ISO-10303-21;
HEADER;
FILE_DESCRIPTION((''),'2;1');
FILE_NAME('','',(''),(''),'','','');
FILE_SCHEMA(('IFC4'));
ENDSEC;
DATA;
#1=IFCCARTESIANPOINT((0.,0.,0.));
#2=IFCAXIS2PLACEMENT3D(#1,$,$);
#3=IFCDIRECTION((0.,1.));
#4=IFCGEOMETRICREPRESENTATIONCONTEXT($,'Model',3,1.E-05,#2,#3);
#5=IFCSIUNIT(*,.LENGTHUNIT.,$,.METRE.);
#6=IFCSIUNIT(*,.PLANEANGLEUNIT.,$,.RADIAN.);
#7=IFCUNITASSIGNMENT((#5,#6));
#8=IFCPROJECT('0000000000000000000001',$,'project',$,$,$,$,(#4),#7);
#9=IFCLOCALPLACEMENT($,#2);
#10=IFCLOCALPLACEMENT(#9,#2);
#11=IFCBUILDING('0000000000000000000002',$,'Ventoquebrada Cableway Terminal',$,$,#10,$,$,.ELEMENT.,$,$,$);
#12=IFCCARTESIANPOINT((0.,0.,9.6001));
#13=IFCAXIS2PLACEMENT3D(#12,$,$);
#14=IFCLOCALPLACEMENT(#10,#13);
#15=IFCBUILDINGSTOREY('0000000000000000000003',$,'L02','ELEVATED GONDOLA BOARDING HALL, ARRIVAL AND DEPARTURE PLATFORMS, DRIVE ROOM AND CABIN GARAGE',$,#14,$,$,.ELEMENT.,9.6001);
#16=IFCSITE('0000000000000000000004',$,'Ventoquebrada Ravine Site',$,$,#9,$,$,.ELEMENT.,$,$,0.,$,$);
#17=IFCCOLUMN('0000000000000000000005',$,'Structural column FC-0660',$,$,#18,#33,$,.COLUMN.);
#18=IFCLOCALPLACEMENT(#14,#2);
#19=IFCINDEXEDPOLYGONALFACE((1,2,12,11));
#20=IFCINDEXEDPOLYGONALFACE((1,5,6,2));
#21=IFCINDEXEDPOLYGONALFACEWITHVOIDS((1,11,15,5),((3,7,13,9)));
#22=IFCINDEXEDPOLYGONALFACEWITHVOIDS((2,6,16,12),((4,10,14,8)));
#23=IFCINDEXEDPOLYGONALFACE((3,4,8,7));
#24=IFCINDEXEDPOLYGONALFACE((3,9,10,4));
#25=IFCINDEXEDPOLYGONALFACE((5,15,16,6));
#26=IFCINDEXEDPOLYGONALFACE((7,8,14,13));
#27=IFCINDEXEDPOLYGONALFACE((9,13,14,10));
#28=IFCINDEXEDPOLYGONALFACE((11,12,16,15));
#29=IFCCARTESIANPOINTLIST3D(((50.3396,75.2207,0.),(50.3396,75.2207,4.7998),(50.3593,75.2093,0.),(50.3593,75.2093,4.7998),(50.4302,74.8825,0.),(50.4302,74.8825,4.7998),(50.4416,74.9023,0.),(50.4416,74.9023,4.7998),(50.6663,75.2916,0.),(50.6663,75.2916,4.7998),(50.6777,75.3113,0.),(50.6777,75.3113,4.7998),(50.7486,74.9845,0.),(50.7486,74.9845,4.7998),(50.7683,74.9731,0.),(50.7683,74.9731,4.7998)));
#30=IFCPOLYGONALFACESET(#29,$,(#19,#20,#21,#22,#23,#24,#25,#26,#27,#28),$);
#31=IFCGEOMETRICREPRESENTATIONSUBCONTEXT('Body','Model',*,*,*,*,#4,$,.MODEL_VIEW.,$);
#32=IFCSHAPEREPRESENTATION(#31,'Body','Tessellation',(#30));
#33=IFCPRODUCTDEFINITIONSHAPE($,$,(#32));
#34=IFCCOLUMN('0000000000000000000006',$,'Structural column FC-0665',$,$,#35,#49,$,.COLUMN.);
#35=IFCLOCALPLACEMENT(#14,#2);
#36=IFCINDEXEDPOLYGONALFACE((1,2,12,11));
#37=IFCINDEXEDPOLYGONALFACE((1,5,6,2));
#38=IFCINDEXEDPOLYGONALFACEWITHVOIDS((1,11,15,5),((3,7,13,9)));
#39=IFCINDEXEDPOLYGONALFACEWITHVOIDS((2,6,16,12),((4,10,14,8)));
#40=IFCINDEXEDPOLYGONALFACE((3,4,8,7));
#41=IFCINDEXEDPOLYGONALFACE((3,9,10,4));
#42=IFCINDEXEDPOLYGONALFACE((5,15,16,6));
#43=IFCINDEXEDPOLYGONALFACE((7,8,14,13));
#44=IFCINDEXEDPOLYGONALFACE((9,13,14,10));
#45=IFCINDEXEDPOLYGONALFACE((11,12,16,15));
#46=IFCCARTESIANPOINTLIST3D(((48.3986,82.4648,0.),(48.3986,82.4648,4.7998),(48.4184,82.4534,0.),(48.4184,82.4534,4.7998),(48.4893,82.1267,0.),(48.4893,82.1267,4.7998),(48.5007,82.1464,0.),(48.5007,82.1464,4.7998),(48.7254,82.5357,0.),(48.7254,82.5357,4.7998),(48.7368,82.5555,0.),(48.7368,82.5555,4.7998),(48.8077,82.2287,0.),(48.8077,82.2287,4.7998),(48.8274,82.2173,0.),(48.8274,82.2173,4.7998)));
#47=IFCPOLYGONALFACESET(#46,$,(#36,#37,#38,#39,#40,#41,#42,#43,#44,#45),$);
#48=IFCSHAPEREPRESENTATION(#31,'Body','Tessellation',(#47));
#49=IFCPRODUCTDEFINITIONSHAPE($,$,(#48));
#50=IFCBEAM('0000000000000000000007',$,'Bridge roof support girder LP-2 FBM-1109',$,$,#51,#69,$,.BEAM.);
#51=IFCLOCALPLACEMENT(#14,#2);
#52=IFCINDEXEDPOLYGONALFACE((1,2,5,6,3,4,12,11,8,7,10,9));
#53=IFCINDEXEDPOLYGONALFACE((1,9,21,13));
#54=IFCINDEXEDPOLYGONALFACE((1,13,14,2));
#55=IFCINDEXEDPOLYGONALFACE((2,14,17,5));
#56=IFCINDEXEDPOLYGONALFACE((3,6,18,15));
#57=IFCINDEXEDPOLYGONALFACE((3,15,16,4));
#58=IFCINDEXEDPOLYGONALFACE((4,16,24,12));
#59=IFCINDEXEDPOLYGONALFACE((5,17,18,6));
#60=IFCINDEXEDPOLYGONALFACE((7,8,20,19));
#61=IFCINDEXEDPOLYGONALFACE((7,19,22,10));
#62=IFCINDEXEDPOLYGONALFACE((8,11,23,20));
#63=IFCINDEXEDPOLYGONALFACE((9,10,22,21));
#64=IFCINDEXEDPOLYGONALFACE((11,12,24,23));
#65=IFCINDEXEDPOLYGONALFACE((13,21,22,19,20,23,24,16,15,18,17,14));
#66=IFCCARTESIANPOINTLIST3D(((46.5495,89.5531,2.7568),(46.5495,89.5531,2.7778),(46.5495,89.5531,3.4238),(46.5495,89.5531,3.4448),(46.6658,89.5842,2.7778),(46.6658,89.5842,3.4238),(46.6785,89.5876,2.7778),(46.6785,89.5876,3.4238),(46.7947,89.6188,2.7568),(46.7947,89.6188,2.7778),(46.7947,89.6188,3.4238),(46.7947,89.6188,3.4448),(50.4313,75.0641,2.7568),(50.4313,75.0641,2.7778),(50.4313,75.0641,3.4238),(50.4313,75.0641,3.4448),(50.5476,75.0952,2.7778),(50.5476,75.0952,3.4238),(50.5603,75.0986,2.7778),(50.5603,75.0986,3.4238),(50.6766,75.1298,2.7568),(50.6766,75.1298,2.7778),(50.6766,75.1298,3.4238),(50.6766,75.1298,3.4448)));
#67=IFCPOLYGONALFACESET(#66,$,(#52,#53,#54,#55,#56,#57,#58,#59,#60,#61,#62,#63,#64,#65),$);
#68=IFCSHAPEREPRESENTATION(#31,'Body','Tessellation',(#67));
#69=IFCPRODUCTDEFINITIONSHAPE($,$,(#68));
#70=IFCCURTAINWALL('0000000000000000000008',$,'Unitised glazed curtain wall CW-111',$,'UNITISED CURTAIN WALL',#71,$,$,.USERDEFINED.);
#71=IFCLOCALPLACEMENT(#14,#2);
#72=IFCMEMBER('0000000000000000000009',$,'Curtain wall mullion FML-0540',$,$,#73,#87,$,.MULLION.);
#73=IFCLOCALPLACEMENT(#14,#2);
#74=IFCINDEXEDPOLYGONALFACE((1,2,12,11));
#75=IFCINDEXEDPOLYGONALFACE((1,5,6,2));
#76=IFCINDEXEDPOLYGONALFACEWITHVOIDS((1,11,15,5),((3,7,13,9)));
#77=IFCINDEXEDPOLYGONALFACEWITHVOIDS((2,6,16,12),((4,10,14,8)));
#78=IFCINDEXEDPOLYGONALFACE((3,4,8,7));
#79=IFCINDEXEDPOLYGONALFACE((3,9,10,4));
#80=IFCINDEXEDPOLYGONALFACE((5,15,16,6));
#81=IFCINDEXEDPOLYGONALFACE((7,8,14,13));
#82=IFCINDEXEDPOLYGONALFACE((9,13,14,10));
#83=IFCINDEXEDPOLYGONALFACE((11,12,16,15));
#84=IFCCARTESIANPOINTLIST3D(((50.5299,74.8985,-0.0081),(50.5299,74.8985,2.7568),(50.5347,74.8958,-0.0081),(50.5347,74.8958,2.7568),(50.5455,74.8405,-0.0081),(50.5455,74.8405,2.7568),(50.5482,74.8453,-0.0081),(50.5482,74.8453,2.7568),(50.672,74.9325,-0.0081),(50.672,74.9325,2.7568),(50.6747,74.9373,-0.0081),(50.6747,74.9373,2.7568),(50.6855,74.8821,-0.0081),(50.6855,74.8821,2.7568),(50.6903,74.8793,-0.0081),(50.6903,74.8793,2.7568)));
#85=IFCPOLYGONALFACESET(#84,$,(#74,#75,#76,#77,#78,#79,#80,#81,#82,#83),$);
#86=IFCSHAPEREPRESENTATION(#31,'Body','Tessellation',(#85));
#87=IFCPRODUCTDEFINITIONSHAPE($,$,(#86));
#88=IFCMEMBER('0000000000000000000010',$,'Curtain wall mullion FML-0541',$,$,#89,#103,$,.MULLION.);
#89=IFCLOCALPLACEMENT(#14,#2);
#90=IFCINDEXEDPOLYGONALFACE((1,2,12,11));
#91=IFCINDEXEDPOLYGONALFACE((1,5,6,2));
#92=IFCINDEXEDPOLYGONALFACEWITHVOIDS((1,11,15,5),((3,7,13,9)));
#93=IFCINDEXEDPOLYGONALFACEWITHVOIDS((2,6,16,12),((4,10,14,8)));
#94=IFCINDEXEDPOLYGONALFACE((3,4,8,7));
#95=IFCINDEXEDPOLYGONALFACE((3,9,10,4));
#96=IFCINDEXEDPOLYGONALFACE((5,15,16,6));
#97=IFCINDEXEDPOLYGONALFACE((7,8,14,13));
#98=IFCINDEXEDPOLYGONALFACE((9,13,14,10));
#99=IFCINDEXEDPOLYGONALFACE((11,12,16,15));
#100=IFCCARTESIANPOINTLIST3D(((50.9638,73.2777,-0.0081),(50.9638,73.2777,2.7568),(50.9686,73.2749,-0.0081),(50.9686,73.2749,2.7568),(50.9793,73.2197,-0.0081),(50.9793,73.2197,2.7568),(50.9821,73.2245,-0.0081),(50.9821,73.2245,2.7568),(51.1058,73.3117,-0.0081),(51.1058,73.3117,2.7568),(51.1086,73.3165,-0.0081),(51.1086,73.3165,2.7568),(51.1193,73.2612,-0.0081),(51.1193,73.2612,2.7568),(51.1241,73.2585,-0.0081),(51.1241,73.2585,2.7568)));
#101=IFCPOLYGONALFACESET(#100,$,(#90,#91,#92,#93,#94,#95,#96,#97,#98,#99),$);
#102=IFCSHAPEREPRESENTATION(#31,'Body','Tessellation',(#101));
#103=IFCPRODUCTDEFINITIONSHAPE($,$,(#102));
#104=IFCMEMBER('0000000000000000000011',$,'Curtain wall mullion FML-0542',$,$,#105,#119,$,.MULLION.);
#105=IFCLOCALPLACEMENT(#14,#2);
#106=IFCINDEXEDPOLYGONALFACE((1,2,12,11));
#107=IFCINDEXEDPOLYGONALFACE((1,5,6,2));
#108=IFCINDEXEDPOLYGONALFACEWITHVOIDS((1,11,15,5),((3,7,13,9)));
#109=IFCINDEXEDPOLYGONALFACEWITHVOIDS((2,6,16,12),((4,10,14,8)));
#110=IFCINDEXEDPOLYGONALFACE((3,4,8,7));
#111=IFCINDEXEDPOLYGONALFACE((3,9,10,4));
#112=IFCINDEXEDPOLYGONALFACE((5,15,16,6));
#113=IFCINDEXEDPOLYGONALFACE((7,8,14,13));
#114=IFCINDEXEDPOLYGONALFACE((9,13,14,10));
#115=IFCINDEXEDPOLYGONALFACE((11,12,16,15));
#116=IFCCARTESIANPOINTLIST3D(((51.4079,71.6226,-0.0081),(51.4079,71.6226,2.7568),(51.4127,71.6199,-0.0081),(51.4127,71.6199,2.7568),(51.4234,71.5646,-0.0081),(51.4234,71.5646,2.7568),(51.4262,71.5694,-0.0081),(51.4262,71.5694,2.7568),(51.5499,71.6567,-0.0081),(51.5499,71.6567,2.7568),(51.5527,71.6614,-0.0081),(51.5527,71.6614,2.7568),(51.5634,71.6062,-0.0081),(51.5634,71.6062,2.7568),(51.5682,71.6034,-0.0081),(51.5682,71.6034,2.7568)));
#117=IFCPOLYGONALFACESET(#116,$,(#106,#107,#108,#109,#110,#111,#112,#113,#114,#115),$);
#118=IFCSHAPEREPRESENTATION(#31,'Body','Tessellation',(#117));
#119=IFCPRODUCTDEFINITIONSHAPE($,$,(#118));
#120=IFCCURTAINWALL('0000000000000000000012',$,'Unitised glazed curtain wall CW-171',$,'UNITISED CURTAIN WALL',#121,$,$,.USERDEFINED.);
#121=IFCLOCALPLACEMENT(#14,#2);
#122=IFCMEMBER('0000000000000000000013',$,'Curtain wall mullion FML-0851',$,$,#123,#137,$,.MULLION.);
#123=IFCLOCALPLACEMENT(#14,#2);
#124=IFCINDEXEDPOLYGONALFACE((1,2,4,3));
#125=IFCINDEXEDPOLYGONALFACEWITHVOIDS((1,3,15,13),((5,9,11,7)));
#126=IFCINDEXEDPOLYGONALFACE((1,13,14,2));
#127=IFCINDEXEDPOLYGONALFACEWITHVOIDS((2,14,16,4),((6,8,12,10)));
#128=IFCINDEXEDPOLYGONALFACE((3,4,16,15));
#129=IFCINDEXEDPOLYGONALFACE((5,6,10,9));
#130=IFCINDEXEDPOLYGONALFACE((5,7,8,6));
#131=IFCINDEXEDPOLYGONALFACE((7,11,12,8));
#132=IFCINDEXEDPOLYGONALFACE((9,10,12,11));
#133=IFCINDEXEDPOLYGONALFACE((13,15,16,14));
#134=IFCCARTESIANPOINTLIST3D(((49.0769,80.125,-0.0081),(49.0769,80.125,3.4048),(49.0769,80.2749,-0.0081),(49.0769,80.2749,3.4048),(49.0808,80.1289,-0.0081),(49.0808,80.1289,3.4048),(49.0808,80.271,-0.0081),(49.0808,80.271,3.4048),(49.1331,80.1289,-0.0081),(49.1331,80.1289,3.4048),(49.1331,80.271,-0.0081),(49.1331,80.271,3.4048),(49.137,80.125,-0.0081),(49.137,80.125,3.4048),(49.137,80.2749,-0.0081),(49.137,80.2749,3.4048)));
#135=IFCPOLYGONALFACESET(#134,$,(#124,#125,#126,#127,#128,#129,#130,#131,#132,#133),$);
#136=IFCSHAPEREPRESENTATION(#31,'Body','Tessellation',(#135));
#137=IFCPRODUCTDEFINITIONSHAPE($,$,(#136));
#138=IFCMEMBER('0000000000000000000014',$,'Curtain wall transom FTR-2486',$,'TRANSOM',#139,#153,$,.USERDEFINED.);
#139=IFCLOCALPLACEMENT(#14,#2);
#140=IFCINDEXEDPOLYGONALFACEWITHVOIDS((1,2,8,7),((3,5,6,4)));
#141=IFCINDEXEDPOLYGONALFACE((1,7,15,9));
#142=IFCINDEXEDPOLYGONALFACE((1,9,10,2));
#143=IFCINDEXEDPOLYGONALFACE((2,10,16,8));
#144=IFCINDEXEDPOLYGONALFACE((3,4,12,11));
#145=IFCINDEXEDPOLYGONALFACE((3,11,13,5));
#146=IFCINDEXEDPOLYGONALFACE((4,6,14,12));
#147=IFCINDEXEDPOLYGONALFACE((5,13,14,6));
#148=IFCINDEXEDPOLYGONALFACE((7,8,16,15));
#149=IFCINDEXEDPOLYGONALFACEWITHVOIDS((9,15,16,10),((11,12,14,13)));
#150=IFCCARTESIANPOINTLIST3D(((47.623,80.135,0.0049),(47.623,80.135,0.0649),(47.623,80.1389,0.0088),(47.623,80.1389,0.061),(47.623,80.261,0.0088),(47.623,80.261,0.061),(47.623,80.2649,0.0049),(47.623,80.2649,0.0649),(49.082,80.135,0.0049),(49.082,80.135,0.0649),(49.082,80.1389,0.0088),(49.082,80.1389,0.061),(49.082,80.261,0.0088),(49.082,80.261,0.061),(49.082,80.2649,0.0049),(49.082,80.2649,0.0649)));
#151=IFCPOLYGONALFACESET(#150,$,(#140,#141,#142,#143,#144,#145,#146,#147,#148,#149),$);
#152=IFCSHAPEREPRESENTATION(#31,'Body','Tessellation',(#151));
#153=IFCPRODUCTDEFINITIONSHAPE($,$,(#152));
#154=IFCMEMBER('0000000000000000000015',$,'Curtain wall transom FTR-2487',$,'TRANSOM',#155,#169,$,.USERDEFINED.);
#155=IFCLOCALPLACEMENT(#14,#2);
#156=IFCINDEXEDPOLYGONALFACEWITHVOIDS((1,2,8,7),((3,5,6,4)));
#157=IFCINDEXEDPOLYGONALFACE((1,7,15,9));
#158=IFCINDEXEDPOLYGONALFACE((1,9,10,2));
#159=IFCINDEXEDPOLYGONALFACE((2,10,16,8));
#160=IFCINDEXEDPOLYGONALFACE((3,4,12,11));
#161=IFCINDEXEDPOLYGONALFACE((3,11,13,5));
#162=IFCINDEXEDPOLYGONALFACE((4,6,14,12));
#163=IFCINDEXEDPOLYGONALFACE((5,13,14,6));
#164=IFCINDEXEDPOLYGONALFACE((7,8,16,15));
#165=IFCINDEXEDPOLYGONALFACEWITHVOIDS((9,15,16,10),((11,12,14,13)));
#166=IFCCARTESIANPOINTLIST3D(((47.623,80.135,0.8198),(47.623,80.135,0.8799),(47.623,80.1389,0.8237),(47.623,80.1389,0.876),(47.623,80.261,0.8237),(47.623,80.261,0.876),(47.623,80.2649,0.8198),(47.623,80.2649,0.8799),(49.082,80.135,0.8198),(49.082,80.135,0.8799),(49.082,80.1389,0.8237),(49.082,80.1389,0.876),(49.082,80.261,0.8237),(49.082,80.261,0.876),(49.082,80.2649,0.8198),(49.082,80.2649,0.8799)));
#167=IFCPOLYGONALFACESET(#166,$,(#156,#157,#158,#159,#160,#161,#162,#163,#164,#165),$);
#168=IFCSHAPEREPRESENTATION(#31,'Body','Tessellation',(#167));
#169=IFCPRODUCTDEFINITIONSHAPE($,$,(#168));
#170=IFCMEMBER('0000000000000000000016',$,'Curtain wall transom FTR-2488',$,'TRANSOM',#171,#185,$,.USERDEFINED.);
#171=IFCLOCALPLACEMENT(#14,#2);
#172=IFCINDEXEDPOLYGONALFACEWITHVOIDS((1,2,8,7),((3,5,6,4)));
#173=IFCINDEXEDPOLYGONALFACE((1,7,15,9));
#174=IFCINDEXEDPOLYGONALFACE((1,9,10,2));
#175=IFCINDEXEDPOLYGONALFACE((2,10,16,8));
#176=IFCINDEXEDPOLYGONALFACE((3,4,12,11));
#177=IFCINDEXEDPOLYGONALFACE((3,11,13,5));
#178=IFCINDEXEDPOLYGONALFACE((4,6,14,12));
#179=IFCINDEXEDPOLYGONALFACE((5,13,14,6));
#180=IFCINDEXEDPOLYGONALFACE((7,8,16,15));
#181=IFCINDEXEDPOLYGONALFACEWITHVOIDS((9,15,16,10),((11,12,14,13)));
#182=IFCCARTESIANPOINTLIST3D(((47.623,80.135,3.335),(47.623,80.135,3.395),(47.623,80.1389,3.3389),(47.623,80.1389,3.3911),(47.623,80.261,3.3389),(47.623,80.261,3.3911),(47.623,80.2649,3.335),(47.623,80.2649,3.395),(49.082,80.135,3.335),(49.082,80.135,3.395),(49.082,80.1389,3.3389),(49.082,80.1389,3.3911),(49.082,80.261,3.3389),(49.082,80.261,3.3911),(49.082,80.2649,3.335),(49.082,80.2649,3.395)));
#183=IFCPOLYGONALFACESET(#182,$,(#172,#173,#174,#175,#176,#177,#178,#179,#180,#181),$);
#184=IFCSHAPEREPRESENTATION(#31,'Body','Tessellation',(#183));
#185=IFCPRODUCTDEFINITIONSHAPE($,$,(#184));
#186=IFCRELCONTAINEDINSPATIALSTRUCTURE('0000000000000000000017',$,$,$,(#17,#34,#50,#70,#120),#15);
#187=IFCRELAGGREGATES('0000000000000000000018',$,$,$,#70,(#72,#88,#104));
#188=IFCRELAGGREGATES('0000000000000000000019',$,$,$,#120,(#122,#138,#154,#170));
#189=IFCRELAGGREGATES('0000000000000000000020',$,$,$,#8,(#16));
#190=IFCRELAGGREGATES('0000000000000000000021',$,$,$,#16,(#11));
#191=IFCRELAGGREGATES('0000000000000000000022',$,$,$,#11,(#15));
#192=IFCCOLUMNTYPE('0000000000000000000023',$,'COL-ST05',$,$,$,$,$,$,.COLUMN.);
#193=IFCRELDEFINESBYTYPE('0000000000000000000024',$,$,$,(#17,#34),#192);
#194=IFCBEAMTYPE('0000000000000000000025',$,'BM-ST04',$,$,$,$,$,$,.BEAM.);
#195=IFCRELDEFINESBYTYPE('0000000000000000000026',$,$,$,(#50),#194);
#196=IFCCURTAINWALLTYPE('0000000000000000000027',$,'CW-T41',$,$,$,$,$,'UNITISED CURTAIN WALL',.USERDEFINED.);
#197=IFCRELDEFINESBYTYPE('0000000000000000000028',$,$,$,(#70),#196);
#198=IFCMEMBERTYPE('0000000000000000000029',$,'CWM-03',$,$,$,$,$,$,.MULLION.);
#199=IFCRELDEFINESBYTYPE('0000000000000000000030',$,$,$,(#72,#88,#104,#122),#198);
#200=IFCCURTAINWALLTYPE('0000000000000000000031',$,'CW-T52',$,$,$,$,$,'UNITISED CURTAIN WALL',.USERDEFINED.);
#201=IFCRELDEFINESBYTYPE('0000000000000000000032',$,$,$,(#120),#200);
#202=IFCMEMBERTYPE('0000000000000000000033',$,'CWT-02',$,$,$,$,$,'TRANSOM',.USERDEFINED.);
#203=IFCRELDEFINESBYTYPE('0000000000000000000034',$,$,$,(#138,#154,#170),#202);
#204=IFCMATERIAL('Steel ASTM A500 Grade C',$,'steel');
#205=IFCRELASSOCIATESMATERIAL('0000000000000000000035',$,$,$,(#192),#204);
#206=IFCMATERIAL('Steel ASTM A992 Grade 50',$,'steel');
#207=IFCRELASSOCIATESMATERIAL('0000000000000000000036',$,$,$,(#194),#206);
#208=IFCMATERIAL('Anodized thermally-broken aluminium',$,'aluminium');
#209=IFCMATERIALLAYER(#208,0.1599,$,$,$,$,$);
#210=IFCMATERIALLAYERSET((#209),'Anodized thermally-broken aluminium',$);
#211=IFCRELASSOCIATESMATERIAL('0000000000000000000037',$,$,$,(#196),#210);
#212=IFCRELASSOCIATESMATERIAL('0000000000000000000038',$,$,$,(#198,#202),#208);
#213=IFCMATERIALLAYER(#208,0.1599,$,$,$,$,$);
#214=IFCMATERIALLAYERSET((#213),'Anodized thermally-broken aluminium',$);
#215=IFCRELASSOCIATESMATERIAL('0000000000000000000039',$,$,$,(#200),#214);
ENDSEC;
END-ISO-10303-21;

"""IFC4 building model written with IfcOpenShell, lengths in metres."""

from ifc_helpers import new_model, si_unit, direction, frame, origin, origin_2d, place, context, subcontext, project, spatial, hollow_rectangle, i_section, extrude, material, layer, layer_set, material_profile, profile_set, type_object, element, aggregate, save


model = new_model("IFC4")

# Units and contexts
model_context = context("Model", 3, precision=1e-05, world=origin(), true_north=direction((0.0, 1.0)))
body_context = subcontext(model_context, "Body", "Model", "MODEL_VIEW")
ifc_project = project(units=[si_unit("LENGTHUNIT", "METRE"), si_unit("PLANEANGLEUNIT", "RADIAN")], contexts=[model_context])

# Site, building, storey
site_placement = place(None, origin())
site = spatial("IfcSite", under=ifc_project, at=site_placement, Name="Ventoquebrada Ravine Site", CompositionType="ELEMENT", RefElevation=0.0)
building_placement = place(site_placement, origin())
building = spatial("IfcBuilding", under=site, at=building_placement, Name="Ventoquebrada Cableway Terminal", CompositionType="ELEMENT")
storey_placement = place(building_placement, frame((0.0, 0.0, 9.6001)))
storey = spatial("IfcBuildingStorey", under=building, at=storey_placement, Name="L02", Description="ELEVATED GONDOLA BOARDING HALL, ARRIVAL AND DEPARTURE PLATFORMS, DRIVE ROOM AND CABIN GARAGE", CompositionType="ELEMENT", Elevation=9.6001)

# Columns
ifc_material_1 = material(Name="Steel ASTM A500 Grade C", Category="steel")
ifc_material_profile_1 = material_profile(ifc_material_1, hollow_rectangle(XDim=0.3501, YDim=0.3501, WallThickness=0.0161, at=origin_2d()), Name="HSS350X350X16")
ifc_profile_set_1 = profile_set([ifc_material_profile_1], Name="Steel ASTM A500 Grade C")
column_type = type_object("IfcColumnType", Name="COL-ST05", PredefinedType="COLUMN", material=ifc_profile_set_1)
for number, where, z_axis, x_axis, name in (
    (1, (50.554, 75.0969, 0.0), (0.0, 0.0, 1.0), (0.965926, 0.258819, 0.0), "Structural column FC-0660"),
    (2, (48.613, 82.3411, 0.0), (0.0, 0.0, 1.0), (0.965926, 0.258819, 0.0), "Structural column FC-0665"),
):
    element("IfcColumn", number, at=place(storey_placement, frame(where, z_axis=z_axis, x_axis=x_axis)), inside=storey, type_object=column_type, Name=name, PredefinedType="COLUMN", context=body_context, shape_type="SweptSolid", body=[
        extrude(hollow_rectangle(XDim=0.3501, YDim=0.3501, WallThickness=0.0161, at=origin_2d()), origin(), (0.0, 0.0, 1.0), 4.7998),
    ])

# Beam
ifc_material_2 = material(Name="Steel ASTM A992 Grade 50", Category="steel")
ifc_material_profile_2 = material_profile(ifc_material_2, i_section(OverallWidth=0.2539, OverallDepth=0.688, WebThickness=0.0132, FlangeThickness=0.021, at=origin_2d()), Name="W27X102")
ifc_profile_set_2 = profile_set([ifc_material_profile_2], Name="Steel ASTM A992 Grade 50")
beam_type_1 = type_object("IfcBeamType", Name="BM-ST04", PredefinedType="BEAM", material=ifc_profile_set_2)
beam_1_placement = place(storey_placement, frame((50.554, 75.0969, 3.1008), z_axis=(-0.258789, 0.965934, 0.0), x_axis=(-0.965934, -0.258789, 0.0)))
element("IfcBeam", 3, at=beam_1_placement, inside=storey, type_object=beam_type_1, Name="Bridge roof support girder LP-2 FBM-1109", PredefinedType="BEAM", context=body_context, shape_type="SweptSolid", body=[
    extrude(i_section(OverallWidth=0.2539, OverallDepth=0.688, WebThickness=0.0132, FlangeThickness=0.021, at=origin_2d()), origin(), (0.0, 0.0, 1.0), 15.0),
])

# Curtain walls, members
ifc_material_3 = material(Name="Anodized thermally-broken aluminium", Category="aluminium")
ifc_layer_1 = layer(ifc_material_3, 0.1599)
ifc_layer_set_1 = layer_set([ifc_layer_1], Name="Anodized thermally-broken aluminium")
curtain_wall_type_1 = type_object("IfcCurtainWallType", Name="CW-T41", ElementType="UNITISED CURTAIN WALL", PredefinedType="USERDEFINED", material=ifc_layer_set_1)
curtain_wall_1_placement = place(storey_placement, origin())
curtain_wall_1 = element("IfcCurtainWall", 4, at=curtain_wall_1_placement, inside=storey, type_object=curtain_wall_type_1, Name="Unitised glazed curtain wall CW-111", ObjectType="UNITISED CURTAIN WALL", PredefinedType="USERDEFINED")
ifc_material_profile_3 = material_profile(ifc_material_3, hollow_rectangle(XDim=0.0601, YDim=0.1499, WallThickness=0.0039, at=origin_2d()), Name="CW-MUL-60X150")
ifc_profile_set_3 = profile_set([ifc_material_profile_3], Name="Anodized thermally-broken aluminium")
member_type_1 = type_object("IfcMemberType", Name="CWM-03", PredefinedType="MULLION", material=ifc_profile_set_3)
member_1_placement = place(storey_placement, frame((50.6101, 74.8889, -0.0081), z_axis=(0.0, 0.0, 1.0), x_axis=(0.258752, -0.965944, 0.0)))
member_1 = element("IfcMember", 5, at=member_1_placement, type_object=member_type_1, Name="Curtain wall mullion FML-0540", PredefinedType="MULLION", context=body_context, shape_type="SweptSolid", body=[
    extrude(hollow_rectangle(XDim=0.0601, YDim=0.1499, WallThickness=0.0039, at=origin_2d()), origin(), (0.0, 0.0, 1.0), 2.7649),
])
member_2_placement = place(storey_placement, frame((51.0439, 73.2681, -0.0081), z_axis=(0.0, 0.0, 1.0), x_axis=(0.258752, -0.965944, 0.0)))
member_2 = element("IfcMember", 6, at=member_2_placement, type_object=member_type_1, Name="Curtain wall mullion FML-0541", PredefinedType="MULLION", context=body_context, shape_type="SweptSolid", body=[
    extrude(hollow_rectangle(XDim=0.0601, YDim=0.1499, WallThickness=0.0039, at=origin_2d()), origin(), (0.0, 0.0, 1.0), 2.7649),
])
member_3_placement = place(storey_placement, frame((51.488, 71.613, -0.0081), z_axis=(0.0, 0.0, 1.0), x_axis=(0.258752, -0.965944, 0.0)))
member_3 = element("IfcMember", 7, at=member_3_placement, type_object=member_type_1, Name="Curtain wall mullion FML-0542", PredefinedType="MULLION", context=body_context, shape_type="SweptSolid", body=[
    extrude(hollow_rectangle(XDim=0.0601, YDim=0.1499, WallThickness=0.0039, at=origin_2d()), origin(), (0.0, 0.0, 1.0), 2.7649),
])
ifc_layer_2 = layer(ifc_material_3, 0.1599)
ifc_layer_set_2 = layer_set([ifc_layer_2], Name="Anodized thermally-broken aluminium")
curtain_wall_type_2 = type_object("IfcCurtainWallType", Name="CW-T52", ElementType="UNITISED CURTAIN WALL", PredefinedType="USERDEFINED", material=ifc_layer_set_2)
curtain_wall_2_placement = place(storey_placement, origin())
curtain_wall_2 = element("IfcCurtainWall", 8, at=curtain_wall_2_placement, inside=storey, type_object=curtain_wall_type_2, Name="Unitised glazed curtain wall CW-171", ObjectType="UNITISED CURTAIN WALL", PredefinedType="USERDEFINED")
member_4_placement = place(storey_placement, frame((49.1069, 80.2, -0.0081), z_axis=(0.0, 0.0, 1.0), x_axis=(1.0, 0.0, 0.0)))
member_4 = element("IfcMember", 9, at=member_4_placement, type_object=member_type_1, Name="Curtain wall mullion FML-0851", PredefinedType="MULLION", context=body_context, shape_type="SweptSolid", body=[
    extrude(hollow_rectangle(XDim=0.0601, YDim=0.1499, WallThickness=0.0039, at=origin_2d()), origin(), (0.0, 0.0, 1.0), 3.4128),
])
ifc_material_profile_4 = material_profile(ifc_material_3, hollow_rectangle(XDim=0.0601, YDim=0.1299, WallThickness=0.0039, at=origin_2d()), Name="CW-TRN-60X130")
ifc_profile_set_4 = profile_set([ifc_material_profile_4], Name="Anodized thermally-broken aluminium")
member_type_2 = type_object("IfcMemberType", Name="CWT-02", ElementType="TRANSOM", PredefinedType="USERDEFINED", material=ifc_profile_set_4)
member_5_placement = place(storey_placement, frame((47.623, 80.2, 0.0349), z_axis=(1.0, 0.0, 0.0), x_axis=(0.0, 0.0, 1.0)))
member_5 = element("IfcMember", 10, at=member_5_placement, type_object=member_type_2, Name="Curtain wall transom FTR-2486", ObjectType="TRANSOM", PredefinedType="USERDEFINED", context=body_context, shape_type="SweptSolid", body=[
    extrude(hollow_rectangle(XDim=0.0601, YDim=0.1299, WallThickness=0.0039, at=origin_2d()), origin(), (0.0, 0.0, 1.0), 1.459),
])
member_6_placement = place(storey_placement, frame((47.623, 80.2, 0.8499), z_axis=(1.0, 0.0, 0.0), x_axis=(0.0, 0.0, 1.0)))
member_6 = element("IfcMember", 11, at=member_6_placement, type_object=member_type_2, Name="Curtain wall transom FTR-2487", ObjectType="TRANSOM", PredefinedType="USERDEFINED", context=body_context, shape_type="SweptSolid", body=[
    extrude(hollow_rectangle(XDim=0.0601, YDim=0.1299, WallThickness=0.0039, at=origin_2d()), origin(), (0.0, 0.0, 1.0), 1.459),
])
member_7_placement = place(storey_placement, frame((47.623, 80.2, 3.365), z_axis=(1.0, 0.0, 0.0), x_axis=(0.0, 0.0, 1.0)))
member_7 = element("IfcMember", 12, at=member_7_placement, type_object=member_type_2, Name="Curtain wall transom FTR-2488", ObjectType="TRANSOM", PredefinedType="USERDEFINED", context=body_context, shape_type="SweptSolid", body=[
    extrude(hollow_rectangle(XDim=0.0601, YDim=0.1299, WallThickness=0.0039, at=origin_2d()), origin(), (0.0, 0.0, 1.0), 1.459),
])

aggregate(curtain_wall_1, [member_1, member_2, member_3])
aggregate(curtain_wall_2, [member_4, member_5, member_6, member_7])

save(model, "model.ifc")
